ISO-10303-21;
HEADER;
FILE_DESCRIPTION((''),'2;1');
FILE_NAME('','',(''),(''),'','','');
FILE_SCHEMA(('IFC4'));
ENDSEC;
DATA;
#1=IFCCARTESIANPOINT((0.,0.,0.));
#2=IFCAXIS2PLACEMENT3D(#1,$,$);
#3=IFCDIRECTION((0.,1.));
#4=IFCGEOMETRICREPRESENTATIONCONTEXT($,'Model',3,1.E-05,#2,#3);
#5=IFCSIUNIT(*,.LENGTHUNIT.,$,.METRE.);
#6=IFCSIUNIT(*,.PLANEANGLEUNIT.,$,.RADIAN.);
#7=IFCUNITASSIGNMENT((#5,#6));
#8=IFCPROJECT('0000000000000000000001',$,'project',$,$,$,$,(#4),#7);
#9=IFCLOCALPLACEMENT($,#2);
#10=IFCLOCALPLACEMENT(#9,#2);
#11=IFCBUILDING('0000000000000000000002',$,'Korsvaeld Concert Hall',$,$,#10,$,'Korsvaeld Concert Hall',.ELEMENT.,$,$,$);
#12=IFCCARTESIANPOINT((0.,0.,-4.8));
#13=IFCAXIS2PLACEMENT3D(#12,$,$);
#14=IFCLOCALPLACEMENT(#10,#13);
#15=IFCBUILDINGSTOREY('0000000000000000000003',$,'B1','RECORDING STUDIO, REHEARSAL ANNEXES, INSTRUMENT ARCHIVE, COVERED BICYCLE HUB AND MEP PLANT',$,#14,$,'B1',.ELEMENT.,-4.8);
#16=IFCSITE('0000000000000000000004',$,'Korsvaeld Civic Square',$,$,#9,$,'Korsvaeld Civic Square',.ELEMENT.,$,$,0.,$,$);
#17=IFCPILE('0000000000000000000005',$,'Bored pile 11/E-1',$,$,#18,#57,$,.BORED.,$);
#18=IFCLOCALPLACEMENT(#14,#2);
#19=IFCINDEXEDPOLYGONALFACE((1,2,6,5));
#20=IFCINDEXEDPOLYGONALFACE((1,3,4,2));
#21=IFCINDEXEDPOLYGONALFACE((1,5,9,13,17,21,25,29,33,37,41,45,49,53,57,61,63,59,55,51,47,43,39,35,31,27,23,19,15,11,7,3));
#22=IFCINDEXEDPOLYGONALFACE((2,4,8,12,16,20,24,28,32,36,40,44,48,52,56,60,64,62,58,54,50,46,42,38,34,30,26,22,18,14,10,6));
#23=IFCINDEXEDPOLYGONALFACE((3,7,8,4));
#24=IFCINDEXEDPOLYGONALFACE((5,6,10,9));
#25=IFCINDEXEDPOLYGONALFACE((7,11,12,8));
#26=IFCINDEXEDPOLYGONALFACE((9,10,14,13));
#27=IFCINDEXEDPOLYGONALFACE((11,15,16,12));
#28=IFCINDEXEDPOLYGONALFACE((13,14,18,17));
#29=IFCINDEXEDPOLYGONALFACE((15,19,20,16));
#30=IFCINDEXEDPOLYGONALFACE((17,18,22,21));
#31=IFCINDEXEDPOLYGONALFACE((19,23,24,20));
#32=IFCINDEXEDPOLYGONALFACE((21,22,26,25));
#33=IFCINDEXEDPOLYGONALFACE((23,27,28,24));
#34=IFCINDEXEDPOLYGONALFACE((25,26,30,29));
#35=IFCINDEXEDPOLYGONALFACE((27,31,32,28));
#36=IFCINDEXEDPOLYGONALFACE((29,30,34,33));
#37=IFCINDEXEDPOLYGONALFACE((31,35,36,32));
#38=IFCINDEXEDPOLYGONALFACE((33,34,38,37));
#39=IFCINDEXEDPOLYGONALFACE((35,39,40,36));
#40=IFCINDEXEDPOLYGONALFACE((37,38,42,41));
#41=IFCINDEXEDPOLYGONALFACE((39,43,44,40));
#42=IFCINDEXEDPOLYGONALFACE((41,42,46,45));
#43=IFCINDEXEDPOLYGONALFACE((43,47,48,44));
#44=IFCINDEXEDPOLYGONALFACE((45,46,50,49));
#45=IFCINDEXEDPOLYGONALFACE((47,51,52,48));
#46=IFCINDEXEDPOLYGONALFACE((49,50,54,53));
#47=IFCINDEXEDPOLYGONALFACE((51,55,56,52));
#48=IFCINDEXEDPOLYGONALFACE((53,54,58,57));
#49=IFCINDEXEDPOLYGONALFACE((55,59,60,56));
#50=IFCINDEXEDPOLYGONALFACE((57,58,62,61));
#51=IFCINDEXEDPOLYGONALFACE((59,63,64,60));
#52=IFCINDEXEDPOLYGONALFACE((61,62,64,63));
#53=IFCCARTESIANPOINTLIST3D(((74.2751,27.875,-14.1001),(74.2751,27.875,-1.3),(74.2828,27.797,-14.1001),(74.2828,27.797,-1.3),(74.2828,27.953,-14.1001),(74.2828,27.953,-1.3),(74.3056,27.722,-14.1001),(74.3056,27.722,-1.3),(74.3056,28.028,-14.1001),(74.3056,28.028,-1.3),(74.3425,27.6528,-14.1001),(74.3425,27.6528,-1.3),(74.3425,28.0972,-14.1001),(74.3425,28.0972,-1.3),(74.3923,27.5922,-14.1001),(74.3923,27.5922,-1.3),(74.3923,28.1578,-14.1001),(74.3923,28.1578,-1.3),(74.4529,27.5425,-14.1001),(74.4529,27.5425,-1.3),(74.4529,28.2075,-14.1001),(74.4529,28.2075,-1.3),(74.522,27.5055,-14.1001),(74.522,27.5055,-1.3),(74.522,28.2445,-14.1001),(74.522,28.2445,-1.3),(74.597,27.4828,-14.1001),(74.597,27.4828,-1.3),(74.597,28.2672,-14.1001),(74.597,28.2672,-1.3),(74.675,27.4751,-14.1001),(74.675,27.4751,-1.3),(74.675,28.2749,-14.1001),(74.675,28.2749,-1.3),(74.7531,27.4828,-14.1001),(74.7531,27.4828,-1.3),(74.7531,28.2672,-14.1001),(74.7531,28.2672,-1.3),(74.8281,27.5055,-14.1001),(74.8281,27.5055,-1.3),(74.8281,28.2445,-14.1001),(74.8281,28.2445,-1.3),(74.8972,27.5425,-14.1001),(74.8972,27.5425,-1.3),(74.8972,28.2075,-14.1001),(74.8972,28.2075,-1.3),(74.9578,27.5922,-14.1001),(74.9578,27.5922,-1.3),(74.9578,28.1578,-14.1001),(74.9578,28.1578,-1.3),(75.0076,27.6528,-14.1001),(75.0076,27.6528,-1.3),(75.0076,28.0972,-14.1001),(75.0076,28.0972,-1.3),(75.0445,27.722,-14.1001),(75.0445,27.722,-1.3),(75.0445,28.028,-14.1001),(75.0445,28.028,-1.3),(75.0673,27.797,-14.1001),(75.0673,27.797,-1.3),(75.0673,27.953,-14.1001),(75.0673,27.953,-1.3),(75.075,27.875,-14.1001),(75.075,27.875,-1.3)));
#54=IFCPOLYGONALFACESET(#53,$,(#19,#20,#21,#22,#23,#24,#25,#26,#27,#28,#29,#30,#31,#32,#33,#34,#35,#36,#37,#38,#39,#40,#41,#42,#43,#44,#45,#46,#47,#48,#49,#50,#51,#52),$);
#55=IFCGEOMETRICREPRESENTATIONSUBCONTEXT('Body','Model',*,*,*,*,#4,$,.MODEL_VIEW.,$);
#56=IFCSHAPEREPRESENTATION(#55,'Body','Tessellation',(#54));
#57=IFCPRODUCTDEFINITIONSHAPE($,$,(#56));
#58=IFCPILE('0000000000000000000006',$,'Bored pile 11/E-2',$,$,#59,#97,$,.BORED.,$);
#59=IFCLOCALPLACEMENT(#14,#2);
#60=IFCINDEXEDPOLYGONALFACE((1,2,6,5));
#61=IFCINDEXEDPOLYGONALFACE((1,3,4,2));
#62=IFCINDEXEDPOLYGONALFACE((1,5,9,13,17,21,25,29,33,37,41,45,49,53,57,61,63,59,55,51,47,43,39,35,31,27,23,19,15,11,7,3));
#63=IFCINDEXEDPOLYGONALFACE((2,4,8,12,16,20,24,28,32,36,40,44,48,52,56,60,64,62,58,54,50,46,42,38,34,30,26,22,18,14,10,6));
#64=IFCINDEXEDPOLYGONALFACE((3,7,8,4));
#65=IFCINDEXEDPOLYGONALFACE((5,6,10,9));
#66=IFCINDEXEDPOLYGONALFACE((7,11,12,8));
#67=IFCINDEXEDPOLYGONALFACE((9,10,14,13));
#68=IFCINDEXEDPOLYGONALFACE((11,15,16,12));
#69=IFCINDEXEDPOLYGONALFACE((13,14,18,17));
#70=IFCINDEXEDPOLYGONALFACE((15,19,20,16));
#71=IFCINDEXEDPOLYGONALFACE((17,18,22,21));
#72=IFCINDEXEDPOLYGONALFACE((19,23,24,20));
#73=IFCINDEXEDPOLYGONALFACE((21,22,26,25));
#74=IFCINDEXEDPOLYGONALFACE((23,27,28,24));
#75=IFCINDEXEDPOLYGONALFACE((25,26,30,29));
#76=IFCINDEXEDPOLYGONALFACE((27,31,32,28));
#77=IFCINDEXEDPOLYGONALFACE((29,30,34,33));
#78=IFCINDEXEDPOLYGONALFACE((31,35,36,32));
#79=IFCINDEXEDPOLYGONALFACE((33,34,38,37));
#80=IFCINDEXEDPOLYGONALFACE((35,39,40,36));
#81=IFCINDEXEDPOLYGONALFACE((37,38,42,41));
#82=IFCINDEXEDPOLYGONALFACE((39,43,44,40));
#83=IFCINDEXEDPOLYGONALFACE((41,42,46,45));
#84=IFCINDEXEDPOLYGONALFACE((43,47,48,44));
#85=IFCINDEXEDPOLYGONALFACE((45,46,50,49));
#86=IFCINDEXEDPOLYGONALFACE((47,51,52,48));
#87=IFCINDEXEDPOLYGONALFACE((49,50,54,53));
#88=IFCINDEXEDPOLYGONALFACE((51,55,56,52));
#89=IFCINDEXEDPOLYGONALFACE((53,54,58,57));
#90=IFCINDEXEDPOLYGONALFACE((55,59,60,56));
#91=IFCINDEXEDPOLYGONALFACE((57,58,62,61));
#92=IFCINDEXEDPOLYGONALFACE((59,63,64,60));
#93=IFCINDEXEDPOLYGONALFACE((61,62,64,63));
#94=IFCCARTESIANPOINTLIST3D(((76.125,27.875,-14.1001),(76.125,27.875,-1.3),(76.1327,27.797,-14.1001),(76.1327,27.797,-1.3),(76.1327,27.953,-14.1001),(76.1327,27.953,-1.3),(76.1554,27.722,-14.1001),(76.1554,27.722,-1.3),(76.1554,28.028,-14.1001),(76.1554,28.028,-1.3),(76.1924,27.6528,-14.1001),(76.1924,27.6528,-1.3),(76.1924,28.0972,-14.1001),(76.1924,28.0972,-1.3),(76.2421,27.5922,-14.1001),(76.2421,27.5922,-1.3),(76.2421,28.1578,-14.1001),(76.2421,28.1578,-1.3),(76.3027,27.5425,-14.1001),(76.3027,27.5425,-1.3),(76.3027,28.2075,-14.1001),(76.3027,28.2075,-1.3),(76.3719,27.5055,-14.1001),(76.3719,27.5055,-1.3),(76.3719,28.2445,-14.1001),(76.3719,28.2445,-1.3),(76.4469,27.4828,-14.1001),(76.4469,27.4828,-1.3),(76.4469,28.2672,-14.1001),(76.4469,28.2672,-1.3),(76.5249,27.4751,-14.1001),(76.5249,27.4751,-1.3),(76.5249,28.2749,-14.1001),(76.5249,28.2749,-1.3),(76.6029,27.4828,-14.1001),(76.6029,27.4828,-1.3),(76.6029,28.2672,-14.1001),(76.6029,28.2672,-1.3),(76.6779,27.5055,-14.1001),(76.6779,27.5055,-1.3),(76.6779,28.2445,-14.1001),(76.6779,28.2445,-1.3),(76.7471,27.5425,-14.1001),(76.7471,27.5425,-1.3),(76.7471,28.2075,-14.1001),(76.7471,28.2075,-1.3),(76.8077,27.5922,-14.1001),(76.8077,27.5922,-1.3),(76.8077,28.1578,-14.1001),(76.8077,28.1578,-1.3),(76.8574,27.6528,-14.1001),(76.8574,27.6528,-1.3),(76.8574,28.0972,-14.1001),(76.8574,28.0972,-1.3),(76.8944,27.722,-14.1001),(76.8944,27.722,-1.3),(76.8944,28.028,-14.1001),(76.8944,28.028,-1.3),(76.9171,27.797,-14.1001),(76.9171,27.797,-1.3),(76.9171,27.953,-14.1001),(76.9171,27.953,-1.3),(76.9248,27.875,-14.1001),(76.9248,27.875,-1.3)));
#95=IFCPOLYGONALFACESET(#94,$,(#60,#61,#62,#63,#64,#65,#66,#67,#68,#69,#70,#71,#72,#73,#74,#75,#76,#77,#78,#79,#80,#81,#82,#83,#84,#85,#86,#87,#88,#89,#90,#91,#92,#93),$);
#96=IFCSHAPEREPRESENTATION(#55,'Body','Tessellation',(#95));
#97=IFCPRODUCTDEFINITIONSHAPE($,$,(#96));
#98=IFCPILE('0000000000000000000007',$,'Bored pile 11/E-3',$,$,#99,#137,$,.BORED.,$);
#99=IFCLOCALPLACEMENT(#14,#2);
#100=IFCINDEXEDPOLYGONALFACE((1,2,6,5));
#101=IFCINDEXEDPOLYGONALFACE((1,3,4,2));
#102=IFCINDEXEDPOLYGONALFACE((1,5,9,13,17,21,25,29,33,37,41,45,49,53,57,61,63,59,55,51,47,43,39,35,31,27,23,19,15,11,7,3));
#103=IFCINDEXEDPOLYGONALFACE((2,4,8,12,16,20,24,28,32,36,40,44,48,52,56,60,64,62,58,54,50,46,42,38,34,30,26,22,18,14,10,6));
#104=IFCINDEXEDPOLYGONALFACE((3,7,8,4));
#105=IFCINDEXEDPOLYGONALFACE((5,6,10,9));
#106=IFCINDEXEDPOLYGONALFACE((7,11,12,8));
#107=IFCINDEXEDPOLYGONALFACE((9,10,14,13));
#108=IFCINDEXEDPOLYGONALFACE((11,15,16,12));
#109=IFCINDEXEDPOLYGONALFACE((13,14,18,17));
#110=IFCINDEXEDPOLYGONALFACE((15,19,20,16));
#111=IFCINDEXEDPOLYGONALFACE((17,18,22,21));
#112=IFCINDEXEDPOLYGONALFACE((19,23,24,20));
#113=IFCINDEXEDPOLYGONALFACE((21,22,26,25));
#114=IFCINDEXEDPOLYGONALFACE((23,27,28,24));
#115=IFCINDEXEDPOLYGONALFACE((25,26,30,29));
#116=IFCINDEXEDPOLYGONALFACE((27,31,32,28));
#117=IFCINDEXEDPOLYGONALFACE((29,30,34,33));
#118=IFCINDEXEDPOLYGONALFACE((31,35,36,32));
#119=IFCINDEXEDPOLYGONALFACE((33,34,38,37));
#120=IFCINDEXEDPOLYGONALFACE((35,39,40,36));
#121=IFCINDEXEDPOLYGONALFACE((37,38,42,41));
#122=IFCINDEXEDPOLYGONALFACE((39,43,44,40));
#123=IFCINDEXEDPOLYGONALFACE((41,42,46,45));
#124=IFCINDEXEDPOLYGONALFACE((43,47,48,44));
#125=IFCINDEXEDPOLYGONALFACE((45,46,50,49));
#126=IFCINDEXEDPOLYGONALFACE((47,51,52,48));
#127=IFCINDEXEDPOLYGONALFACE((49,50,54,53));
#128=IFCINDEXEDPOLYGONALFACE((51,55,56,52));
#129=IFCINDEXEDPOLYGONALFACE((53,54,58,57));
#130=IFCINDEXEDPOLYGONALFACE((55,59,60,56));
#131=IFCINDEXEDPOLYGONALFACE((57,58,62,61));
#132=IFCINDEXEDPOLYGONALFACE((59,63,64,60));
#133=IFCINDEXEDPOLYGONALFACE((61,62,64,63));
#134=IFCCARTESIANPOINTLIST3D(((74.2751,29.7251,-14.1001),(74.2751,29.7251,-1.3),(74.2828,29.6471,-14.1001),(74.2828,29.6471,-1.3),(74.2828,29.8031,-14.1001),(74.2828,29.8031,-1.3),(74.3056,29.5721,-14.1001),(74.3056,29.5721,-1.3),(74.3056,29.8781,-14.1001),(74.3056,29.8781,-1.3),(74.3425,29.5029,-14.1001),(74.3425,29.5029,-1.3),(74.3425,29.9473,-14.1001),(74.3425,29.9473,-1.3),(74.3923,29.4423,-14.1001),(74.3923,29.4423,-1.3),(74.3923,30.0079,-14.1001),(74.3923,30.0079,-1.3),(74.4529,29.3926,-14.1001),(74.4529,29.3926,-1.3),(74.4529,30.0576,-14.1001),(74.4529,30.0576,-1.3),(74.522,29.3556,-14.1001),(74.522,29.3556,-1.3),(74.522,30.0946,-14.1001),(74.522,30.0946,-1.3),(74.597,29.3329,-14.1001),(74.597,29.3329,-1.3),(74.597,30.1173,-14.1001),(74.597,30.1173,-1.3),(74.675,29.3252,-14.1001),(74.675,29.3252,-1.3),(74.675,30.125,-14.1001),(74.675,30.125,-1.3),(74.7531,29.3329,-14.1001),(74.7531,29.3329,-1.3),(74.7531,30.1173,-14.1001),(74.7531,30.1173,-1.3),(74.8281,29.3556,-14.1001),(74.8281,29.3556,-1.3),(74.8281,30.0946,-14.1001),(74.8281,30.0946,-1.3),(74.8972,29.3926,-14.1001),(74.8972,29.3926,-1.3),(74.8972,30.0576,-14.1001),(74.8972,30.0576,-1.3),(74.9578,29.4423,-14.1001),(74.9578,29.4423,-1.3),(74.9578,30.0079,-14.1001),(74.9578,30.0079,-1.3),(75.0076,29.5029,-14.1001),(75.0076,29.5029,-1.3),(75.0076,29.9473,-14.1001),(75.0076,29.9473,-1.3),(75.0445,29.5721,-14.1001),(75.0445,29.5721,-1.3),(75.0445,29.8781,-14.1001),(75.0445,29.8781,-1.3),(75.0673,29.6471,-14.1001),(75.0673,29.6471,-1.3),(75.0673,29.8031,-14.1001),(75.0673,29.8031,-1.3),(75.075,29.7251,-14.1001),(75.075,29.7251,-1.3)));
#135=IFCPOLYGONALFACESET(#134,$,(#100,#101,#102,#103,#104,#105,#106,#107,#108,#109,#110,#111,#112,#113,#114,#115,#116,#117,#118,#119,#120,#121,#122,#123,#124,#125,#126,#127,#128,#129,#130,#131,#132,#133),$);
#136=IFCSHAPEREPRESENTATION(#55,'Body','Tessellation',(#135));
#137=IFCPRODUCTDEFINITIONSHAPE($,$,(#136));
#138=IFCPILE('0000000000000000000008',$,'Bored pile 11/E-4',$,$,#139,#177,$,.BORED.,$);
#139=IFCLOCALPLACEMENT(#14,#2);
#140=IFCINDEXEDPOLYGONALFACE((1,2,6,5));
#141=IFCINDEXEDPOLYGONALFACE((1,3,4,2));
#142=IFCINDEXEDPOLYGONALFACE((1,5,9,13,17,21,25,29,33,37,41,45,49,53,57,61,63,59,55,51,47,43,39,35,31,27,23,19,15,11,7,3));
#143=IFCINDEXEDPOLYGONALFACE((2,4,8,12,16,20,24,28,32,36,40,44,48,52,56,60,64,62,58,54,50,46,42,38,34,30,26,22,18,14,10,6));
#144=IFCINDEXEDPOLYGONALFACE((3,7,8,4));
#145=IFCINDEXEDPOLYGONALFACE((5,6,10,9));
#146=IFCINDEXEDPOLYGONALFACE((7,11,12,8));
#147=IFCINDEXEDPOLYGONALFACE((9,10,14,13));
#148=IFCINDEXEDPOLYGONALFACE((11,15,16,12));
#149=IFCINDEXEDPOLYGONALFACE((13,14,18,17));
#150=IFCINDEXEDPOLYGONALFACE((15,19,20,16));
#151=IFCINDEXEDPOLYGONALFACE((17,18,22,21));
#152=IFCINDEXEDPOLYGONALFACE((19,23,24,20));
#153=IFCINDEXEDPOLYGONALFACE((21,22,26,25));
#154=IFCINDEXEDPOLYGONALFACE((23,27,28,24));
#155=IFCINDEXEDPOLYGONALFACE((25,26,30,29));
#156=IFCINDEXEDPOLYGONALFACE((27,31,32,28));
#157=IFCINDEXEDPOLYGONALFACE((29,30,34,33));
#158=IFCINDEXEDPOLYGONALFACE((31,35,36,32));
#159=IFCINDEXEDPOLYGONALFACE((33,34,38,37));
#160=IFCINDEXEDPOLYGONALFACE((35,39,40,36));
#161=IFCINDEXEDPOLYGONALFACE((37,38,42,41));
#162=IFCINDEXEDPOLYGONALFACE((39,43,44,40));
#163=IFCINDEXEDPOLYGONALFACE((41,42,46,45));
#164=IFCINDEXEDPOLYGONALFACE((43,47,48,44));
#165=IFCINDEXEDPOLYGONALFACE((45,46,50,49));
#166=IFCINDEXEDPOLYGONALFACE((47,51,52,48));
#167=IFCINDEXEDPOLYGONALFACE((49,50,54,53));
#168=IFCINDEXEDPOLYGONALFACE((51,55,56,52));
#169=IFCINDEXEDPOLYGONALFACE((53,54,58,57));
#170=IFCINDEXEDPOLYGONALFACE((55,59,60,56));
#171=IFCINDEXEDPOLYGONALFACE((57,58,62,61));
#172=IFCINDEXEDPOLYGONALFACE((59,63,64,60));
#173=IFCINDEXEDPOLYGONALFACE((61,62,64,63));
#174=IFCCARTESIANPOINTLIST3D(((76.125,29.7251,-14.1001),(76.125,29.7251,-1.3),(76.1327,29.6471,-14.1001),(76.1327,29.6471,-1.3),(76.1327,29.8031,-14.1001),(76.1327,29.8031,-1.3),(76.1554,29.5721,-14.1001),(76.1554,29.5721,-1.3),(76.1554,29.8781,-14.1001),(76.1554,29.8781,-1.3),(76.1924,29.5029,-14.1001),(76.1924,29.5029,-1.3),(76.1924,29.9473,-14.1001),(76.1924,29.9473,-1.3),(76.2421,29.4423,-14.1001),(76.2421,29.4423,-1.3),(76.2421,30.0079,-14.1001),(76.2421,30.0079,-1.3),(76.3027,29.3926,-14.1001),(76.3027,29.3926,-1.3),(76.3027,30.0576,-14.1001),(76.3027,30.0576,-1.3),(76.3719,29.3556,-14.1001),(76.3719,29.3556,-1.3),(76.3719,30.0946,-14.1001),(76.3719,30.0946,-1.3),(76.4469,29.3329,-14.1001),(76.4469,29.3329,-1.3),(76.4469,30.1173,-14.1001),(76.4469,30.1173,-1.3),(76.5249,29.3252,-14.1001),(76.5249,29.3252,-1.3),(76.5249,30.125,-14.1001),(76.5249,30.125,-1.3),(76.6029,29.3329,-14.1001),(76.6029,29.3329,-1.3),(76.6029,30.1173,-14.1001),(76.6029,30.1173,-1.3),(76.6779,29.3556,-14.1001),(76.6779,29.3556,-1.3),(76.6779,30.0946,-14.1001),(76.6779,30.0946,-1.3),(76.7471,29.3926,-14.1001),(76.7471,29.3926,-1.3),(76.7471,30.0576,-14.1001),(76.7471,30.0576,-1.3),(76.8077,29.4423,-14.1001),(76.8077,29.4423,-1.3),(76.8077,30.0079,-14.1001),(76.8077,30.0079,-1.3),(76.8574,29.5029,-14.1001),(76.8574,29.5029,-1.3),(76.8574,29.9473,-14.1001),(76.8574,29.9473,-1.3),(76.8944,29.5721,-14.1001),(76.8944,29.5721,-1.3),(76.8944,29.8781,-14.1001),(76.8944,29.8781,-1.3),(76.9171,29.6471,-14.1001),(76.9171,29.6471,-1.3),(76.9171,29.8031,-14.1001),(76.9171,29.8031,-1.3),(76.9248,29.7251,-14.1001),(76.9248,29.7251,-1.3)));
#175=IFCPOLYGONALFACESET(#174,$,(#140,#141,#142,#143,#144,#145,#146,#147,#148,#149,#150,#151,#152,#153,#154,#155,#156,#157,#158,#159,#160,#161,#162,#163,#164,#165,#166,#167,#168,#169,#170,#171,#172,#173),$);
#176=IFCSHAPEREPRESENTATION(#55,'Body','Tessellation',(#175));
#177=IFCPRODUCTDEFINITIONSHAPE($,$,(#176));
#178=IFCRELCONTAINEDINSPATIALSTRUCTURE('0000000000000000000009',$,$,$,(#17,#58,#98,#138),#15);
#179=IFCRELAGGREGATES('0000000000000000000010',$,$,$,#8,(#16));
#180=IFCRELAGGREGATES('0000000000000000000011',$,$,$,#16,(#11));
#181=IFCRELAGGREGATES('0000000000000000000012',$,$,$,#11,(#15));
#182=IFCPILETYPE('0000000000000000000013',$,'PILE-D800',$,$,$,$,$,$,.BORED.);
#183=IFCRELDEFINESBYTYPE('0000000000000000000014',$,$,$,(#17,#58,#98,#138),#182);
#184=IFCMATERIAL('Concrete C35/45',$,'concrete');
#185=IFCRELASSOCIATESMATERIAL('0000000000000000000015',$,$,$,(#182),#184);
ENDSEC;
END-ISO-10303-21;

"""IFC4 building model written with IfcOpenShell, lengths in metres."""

from ifc_helpers import new_model, si_unit, direction, frame, origin, origin_2d, place, context, subcontext, project, spatial, circle, extrude, material, material_profile, profile_set, type_object, element, save


model = new_model("IFC4")

# Units and contexts
model_context = context("Model", 3, precision=1e-05, world=origin(), true_north=direction((0.0, 1.0)))
body_context = subcontext(model_context, "Body", "Model", "MODEL_VIEW")
ifc_project = project(units=[si_unit("LENGTHUNIT", "METRE"), si_unit("PLANEANGLEUNIT", "RADIAN")], contexts=[model_context])

# Site, building, storey
site_placement = place(None, origin())
site = spatial("IfcSite", under=ifc_project, at=site_placement, Name="Korsvaeld Civic Square", LongName="Korsvaeld Civic Square", CompositionType="ELEMENT", RefElevation=0.0)
building_placement = place(site_placement, origin())
building = spatial("IfcBuilding", under=site, at=building_placement, Name="Korsvaeld Concert Hall", LongName="Korsvaeld Concert Hall", CompositionType="ELEMENT")
storey_placement = place(building_placement, frame((0.0, 0.0, -4.8)))
storey = spatial("IfcBuildingStorey", under=building, at=storey_placement, Name="B1", Description="RECORDING STUDIO, REHEARSAL ANNEXES, INSTRUMENT ARCHIVE, COVERED BICYCLE HUB AND MEP PLANT", LongName="B1", CompositionType="ELEMENT", Elevation=-4.8)

# Shared definitions
ifc_material_1 = material(Name="Concrete C35/45", Category="concrete")

# Piles
ifc_material_profile_1 = material_profile(ifc_material_1, circle(Radius=0.3999, at=origin_2d()), Name="BORED PILE D800")
ifc_profile_set_1 = profile_set([ifc_material_profile_1], Name="Concrete C35/45")
pile_type = type_object("IfcPileType", Name="PILE-D800", PredefinedType="BORED", material=ifc_profile_set_1)
for number, where, z_axis, x_axis, name in (
    (1, (74.675, 27.875, -1.3), (0.0, 0.0, -1.0), (1.0, 0.0, 0.0), "Bored pile 11/E-1"),
    (2, (76.5249, 27.875, -1.3), (0.0, 0.0, -1.0), (1.0, 0.0, 0.0), "Bored pile 11/E-2"),
    (3, (74.675, 29.7251, -1.3), (0.0, 0.0, -1.0), (1.0, 0.0, 0.0), "Bored pile 11/E-3"),
    (4, (76.5249, 29.7251, -1.3), (0.0, 0.0, -1.0), (1.0, 0.0, 0.0), "Bored pile 11/E-4"),
):
    element("IfcPile", number, at=place(storey_placement, frame(where, z_axis=z_axis, x_axis=x_axis)), inside=storey, type_object=pile_type, Name=name, PredefinedType="BORED", context=body_context, shape_type="SweptSolid", body=[
        extrude(circle(Radius=0.3999, at=origin_2d()), origin(), (0.0, 0.0, 1.0), 12.8),
    ])

save(model, "model.ifc")
